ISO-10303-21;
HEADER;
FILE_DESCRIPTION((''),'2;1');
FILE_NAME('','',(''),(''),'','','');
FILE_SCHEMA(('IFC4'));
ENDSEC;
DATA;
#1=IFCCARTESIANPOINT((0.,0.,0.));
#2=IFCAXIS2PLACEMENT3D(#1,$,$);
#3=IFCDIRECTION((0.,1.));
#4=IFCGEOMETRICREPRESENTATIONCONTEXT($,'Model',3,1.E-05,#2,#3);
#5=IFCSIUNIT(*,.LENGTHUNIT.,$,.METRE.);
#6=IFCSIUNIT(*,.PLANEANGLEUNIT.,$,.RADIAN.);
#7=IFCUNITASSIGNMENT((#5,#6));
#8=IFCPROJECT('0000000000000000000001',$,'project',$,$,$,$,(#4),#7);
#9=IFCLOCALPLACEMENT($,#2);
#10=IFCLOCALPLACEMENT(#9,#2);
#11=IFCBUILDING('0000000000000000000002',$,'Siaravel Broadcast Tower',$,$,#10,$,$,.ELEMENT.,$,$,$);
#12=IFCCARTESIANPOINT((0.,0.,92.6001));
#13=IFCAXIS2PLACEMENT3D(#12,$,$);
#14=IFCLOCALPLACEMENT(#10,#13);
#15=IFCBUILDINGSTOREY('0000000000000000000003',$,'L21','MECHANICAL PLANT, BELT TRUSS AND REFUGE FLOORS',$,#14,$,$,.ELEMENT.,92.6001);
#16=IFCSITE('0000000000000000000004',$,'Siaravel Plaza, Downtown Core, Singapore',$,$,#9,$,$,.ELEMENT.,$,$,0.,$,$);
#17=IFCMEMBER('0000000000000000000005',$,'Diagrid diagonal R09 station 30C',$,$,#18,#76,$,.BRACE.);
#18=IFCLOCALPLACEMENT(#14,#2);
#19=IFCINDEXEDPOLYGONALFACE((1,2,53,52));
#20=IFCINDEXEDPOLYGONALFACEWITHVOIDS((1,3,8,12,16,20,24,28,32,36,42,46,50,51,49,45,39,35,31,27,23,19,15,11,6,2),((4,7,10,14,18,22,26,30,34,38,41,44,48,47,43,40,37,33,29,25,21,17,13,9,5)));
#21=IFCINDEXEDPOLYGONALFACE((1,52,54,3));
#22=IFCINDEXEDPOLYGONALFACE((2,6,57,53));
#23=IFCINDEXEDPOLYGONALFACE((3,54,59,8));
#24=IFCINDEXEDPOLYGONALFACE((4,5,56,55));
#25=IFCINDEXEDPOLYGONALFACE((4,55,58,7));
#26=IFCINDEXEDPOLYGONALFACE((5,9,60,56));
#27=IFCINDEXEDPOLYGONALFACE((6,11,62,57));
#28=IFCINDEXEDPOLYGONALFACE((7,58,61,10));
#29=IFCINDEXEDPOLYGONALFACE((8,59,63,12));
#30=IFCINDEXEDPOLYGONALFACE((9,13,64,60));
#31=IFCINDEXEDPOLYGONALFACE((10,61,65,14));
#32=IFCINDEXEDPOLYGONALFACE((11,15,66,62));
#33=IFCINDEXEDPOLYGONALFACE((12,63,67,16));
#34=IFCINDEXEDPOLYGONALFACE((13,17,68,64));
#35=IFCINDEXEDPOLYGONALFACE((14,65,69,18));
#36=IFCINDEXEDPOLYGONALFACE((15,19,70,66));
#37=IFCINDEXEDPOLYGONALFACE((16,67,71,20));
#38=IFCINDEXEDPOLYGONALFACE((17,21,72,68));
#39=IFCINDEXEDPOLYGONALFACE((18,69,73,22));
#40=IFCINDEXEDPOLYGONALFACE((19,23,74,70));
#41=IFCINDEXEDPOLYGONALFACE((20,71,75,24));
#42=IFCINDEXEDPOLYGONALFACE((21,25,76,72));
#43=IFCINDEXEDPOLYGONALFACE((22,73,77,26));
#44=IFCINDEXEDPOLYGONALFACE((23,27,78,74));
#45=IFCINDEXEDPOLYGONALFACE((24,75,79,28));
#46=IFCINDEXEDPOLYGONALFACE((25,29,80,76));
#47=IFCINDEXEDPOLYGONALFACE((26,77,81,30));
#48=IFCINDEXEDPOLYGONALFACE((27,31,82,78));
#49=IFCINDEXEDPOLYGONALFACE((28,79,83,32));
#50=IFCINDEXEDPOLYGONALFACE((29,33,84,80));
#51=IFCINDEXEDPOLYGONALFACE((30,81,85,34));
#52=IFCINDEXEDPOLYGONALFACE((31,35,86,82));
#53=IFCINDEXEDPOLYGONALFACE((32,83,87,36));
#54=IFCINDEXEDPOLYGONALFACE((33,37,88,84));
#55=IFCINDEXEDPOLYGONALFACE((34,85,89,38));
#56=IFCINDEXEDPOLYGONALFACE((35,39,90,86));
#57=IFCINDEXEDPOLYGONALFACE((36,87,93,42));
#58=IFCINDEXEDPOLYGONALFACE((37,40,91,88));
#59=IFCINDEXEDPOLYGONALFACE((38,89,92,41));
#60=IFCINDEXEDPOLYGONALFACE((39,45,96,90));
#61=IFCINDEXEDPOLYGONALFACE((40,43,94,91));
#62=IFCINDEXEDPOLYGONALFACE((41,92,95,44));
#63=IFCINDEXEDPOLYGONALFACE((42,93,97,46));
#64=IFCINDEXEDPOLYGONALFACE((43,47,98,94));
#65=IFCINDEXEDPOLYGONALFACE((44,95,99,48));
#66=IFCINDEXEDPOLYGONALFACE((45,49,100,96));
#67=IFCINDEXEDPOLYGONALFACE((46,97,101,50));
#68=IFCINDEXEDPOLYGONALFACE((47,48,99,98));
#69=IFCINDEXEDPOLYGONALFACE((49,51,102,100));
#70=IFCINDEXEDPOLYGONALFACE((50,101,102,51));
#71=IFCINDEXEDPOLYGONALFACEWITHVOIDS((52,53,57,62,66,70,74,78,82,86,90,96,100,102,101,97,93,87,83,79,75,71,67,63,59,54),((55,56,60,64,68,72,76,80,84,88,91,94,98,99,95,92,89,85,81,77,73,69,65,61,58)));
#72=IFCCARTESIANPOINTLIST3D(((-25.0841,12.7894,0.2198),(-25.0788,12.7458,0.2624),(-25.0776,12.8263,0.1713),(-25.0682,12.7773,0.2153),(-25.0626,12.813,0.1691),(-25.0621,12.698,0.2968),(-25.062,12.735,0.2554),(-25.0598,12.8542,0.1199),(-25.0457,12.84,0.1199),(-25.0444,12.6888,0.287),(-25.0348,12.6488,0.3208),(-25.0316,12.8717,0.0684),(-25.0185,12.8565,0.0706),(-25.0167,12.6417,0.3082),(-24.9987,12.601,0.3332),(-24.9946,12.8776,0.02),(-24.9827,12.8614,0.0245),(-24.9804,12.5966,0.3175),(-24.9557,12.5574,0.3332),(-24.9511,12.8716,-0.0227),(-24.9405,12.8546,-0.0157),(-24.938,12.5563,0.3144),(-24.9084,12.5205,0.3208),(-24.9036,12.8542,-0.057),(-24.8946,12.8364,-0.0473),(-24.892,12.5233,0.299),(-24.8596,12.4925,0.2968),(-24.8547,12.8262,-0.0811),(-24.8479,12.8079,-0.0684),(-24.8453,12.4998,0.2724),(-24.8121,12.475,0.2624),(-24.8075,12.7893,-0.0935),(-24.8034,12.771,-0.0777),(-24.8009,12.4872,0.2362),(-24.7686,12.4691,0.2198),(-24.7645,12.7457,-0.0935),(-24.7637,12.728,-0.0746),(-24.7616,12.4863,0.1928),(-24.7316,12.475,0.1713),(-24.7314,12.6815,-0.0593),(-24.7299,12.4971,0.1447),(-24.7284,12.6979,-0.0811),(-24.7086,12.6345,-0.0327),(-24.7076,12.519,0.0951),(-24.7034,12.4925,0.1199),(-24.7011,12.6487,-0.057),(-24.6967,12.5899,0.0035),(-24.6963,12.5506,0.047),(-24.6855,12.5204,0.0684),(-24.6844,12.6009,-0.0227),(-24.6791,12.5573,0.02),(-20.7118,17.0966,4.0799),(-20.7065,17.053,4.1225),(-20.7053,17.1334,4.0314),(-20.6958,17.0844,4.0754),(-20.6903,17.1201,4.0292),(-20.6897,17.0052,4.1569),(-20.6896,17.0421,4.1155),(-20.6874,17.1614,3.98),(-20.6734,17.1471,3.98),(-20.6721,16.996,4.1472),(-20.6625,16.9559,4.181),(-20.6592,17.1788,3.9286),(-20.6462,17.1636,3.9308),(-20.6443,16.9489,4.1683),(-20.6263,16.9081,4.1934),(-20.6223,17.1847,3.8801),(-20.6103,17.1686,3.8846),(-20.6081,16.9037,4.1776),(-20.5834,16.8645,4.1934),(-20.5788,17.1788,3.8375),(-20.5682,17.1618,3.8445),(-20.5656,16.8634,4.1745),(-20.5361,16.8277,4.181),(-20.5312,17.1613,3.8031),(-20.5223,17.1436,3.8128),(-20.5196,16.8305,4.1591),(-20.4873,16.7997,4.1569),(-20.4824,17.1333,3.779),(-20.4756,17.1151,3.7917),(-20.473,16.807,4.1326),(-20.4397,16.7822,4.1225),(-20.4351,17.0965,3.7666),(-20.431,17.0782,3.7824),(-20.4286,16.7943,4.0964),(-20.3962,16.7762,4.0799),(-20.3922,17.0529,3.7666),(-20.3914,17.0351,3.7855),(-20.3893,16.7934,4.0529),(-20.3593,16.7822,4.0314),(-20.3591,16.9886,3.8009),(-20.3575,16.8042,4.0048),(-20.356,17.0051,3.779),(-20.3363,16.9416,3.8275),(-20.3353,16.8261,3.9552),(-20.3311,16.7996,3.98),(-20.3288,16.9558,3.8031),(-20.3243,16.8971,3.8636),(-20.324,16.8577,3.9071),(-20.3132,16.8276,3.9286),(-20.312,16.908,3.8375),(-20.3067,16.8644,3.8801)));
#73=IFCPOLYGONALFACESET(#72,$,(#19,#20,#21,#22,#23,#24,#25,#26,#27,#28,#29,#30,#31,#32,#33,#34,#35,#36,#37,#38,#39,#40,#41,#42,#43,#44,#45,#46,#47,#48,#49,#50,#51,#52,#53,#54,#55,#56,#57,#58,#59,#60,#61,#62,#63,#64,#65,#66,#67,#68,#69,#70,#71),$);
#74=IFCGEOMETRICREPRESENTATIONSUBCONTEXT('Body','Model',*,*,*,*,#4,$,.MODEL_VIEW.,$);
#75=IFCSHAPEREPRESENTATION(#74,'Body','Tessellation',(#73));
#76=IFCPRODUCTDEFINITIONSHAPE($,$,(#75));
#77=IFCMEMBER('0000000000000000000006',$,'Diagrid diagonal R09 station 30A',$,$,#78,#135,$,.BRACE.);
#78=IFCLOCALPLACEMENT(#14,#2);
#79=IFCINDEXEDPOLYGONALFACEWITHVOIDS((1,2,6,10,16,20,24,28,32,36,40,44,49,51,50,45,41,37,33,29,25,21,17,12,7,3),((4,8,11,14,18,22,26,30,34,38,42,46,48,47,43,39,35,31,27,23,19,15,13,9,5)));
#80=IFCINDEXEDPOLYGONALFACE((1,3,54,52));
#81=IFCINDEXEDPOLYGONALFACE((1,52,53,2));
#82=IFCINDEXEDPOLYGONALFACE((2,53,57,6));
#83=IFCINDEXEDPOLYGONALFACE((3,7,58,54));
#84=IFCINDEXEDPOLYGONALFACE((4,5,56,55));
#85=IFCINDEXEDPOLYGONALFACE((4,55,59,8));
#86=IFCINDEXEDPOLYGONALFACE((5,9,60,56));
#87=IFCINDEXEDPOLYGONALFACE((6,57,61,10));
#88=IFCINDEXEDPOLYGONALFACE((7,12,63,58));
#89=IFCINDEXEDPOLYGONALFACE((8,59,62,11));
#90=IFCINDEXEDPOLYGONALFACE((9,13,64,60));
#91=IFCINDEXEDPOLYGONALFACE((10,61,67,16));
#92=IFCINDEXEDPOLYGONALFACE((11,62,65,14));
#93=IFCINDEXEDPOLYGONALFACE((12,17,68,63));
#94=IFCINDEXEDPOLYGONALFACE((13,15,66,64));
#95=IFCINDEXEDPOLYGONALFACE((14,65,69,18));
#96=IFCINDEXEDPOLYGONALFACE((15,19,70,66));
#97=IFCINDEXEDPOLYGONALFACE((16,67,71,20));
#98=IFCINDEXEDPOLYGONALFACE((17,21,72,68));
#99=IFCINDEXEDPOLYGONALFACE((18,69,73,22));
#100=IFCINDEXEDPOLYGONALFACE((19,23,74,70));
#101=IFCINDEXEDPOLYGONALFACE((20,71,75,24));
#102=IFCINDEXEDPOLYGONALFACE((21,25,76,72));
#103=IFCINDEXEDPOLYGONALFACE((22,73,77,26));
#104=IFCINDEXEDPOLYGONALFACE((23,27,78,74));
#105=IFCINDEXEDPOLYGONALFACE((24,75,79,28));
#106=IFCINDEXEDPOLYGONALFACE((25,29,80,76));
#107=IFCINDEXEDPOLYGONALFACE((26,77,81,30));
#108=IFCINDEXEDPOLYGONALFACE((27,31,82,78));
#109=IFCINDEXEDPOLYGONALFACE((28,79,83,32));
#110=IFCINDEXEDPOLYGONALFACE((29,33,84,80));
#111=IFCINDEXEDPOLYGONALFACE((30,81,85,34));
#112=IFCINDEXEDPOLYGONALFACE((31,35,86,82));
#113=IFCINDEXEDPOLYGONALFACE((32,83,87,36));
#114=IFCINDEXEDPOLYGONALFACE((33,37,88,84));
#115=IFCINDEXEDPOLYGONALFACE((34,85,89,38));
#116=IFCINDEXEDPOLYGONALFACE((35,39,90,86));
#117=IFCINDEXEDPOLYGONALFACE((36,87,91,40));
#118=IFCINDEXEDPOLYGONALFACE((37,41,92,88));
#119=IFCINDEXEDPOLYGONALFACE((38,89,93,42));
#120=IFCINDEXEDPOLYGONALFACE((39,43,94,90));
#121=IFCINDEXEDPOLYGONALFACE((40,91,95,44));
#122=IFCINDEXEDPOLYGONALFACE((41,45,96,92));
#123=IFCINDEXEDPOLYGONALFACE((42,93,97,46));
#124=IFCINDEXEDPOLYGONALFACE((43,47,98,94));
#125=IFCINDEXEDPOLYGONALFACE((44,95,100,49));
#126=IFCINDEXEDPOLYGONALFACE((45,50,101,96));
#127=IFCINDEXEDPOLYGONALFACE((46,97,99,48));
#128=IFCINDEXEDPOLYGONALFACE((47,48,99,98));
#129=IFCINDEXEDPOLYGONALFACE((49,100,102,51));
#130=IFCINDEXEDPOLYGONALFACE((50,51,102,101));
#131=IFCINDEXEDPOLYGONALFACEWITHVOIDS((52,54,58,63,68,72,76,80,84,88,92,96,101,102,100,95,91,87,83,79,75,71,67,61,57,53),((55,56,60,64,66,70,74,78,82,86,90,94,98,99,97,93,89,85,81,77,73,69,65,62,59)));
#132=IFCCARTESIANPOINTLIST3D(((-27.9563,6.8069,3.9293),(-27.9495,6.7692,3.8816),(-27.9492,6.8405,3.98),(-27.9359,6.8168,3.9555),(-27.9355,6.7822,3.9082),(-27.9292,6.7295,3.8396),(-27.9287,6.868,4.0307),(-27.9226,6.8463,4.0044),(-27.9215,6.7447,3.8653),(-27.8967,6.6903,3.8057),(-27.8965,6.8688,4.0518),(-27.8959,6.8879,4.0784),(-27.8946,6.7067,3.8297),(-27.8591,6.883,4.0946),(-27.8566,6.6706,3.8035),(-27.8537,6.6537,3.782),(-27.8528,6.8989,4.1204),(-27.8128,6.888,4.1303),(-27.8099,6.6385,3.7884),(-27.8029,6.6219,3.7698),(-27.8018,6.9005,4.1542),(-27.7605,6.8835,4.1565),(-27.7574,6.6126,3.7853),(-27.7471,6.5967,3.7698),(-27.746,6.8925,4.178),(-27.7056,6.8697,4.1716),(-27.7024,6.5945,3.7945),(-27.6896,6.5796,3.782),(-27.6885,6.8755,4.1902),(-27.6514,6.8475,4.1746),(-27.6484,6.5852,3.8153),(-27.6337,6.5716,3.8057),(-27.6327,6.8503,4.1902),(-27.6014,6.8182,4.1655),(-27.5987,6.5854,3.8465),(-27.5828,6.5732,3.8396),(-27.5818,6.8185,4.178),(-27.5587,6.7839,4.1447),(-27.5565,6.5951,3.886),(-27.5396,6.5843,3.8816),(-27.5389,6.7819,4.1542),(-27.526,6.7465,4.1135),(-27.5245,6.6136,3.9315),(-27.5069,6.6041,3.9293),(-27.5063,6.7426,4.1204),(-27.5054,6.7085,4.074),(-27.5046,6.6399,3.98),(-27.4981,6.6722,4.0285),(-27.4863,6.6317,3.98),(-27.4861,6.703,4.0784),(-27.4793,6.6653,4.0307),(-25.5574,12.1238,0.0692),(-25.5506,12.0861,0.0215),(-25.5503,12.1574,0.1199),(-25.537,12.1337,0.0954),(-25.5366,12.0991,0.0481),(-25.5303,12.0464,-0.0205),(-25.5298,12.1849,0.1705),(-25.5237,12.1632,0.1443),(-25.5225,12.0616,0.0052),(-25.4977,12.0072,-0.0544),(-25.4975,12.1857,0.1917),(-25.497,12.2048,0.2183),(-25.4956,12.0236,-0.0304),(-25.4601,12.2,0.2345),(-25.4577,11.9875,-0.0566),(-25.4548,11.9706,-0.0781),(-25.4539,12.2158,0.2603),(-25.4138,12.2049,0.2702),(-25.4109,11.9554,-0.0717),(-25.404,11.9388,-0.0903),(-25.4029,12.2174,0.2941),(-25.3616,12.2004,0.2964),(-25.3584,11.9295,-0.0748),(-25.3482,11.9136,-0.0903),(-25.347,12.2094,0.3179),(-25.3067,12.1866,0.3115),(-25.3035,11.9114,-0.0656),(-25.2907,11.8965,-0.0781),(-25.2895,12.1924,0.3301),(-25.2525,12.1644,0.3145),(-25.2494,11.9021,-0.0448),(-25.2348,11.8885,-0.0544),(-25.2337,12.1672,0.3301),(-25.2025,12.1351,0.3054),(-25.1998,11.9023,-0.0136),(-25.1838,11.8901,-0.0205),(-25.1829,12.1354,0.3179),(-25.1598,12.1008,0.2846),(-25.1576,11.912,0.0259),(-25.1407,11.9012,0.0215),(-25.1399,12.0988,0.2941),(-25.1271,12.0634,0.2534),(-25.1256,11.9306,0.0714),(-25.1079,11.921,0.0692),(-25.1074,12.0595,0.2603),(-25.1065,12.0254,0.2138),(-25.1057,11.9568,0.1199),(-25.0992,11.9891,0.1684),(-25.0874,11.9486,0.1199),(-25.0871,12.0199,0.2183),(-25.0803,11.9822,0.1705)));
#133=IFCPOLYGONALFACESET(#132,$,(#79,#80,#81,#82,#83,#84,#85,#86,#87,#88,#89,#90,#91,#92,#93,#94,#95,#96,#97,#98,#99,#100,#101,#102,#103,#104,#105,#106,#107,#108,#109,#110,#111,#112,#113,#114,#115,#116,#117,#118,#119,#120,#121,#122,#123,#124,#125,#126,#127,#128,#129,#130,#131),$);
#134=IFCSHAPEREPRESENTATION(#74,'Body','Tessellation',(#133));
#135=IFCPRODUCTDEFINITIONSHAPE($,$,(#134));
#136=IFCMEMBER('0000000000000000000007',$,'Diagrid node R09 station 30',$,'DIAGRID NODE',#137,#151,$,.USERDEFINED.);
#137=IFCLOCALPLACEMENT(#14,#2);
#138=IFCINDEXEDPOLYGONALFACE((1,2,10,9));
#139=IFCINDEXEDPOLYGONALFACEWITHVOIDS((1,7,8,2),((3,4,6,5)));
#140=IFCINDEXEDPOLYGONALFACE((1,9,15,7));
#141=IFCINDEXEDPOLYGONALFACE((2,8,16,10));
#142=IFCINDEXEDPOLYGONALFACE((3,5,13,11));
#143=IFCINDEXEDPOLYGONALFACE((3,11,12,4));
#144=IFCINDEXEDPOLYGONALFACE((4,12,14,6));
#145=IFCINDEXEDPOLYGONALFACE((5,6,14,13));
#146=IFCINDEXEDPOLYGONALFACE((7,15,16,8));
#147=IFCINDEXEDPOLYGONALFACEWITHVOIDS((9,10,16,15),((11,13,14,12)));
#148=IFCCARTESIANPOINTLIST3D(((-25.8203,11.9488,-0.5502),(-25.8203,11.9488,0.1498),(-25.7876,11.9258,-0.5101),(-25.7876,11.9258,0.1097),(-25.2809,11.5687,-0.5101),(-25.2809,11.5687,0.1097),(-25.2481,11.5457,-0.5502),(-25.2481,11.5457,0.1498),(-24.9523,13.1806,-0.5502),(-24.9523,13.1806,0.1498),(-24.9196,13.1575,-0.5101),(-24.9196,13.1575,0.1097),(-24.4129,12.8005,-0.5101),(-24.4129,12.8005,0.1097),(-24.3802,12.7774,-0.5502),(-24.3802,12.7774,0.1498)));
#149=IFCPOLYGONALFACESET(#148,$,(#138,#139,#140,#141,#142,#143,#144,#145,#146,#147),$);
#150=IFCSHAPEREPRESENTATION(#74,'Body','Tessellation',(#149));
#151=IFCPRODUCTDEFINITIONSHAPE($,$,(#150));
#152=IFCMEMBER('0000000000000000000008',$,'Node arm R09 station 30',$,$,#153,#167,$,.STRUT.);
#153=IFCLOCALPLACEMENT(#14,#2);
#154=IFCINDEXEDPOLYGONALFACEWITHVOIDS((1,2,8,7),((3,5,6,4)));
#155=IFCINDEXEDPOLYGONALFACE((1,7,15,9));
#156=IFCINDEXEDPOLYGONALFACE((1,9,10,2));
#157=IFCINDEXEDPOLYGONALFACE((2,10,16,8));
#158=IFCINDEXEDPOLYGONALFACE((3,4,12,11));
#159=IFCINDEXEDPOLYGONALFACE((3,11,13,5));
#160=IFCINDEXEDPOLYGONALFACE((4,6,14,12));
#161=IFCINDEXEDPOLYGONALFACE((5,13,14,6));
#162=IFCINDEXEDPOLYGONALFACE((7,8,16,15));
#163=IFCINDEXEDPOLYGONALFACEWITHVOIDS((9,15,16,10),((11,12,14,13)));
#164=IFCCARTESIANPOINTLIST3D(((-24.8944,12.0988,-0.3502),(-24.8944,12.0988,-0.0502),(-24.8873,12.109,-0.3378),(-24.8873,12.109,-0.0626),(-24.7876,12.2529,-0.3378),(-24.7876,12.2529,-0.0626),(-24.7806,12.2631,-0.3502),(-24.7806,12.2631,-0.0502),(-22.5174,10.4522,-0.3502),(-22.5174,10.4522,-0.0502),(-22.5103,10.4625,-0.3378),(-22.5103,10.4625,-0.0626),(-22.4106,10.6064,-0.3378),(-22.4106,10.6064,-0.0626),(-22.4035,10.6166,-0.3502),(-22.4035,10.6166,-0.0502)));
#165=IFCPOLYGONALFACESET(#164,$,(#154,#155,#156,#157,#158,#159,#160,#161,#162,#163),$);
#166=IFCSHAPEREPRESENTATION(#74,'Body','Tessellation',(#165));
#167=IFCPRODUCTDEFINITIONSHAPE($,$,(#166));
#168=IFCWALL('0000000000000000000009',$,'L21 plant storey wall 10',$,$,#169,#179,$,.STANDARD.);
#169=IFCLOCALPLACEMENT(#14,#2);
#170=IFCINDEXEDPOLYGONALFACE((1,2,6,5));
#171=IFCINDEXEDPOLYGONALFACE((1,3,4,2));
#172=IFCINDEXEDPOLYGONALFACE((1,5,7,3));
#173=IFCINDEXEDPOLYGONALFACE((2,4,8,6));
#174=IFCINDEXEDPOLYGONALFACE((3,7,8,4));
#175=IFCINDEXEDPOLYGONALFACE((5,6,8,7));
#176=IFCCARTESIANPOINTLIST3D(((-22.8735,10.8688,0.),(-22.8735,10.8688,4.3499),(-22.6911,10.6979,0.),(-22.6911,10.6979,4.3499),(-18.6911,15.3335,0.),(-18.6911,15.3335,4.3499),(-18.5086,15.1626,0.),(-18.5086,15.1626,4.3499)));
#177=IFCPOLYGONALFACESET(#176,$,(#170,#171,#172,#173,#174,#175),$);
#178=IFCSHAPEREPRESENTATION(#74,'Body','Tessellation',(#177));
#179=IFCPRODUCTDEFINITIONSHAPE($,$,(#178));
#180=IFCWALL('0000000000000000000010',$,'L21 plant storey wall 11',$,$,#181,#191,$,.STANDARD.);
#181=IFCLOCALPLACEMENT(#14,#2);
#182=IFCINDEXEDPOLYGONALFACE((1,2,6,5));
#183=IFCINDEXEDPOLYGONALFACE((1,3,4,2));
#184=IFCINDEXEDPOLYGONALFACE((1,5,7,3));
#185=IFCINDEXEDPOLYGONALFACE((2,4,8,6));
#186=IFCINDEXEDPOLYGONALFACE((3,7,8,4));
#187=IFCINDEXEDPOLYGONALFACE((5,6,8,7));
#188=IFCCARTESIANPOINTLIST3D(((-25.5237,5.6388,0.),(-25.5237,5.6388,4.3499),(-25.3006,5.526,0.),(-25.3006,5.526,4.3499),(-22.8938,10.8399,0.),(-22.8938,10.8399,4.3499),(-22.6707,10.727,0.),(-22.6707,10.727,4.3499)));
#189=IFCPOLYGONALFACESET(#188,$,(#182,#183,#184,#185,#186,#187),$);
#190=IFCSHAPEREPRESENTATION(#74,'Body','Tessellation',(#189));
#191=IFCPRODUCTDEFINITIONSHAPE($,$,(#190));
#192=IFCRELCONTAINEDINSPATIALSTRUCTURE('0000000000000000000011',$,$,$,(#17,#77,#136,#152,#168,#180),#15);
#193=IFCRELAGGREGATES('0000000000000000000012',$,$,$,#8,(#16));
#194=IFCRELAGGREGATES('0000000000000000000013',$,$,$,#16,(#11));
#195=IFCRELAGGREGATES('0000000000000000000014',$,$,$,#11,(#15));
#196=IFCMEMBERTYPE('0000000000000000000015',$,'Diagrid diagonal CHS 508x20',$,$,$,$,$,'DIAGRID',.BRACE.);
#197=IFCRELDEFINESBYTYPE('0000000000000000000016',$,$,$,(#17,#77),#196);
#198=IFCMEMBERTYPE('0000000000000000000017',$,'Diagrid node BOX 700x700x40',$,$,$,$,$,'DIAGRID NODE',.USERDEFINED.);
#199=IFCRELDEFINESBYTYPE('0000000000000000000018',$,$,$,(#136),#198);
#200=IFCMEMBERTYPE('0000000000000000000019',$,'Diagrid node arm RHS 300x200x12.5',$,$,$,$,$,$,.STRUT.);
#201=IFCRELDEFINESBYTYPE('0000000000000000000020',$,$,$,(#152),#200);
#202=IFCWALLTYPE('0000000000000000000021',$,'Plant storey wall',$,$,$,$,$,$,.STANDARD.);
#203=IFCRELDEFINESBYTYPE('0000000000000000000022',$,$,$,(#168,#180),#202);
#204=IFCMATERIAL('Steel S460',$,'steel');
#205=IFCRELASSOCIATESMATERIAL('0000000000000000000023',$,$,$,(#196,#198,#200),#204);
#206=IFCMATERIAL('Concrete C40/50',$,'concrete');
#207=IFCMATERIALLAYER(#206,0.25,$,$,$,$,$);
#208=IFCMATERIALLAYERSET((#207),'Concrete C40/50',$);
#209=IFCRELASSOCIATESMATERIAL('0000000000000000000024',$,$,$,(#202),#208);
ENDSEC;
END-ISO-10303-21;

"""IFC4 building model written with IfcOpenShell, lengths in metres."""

from ifc_helpers import new_model, si_unit, direction, frame, frame_2d, origin, origin_2d, place, context, subcontext, project, spatial, rectangle, hollow_rectangle, hollow_circle, extrude, material, layer, layer_set, material_profile, profile_set, type_object, element, save


model = new_model("IFC4")

# Units and contexts
model_context = context("Model", 3, precision=1e-05, world=origin(), true_north=direction((0.0, 1.0)))
body_context = subcontext(model_context, "Body", "Model", "MODEL_VIEW")
ifc_project = project(units=[si_unit("LENGTHUNIT", "METRE"), si_unit("PLANEANGLEUNIT", "RADIAN")], contexts=[model_context])

# Site, building, storey
site_placement = place(None, origin())
site = spatial("IfcSite", under=ifc_project, at=site_placement, Name="Siaravel Plaza, Downtown Core, Singapore", CompositionType="ELEMENT", RefElevation=0.0)
building_placement = place(site_placement, origin())
building = spatial("IfcBuilding", under=site, at=building_placement, Name="Siaravel Broadcast Tower", CompositionType="ELEMENT")
storey_placement = place(building_placement, frame((0.0, 0.0, 92.6001)))
storey = spatial("IfcBuildingStorey", under=building, at=storey_placement, Name="L21", Description="MECHANICAL PLANT, BELT TRUSS AND REFUGE FLOORS", CompositionType="ELEMENT", Elevation=92.6001)

# Shared definitions
ifc_material_1 = material(Name="Steel S460", Category="steel")

# Members
ifc_material_profile_1 = material_profile(ifc_material_1, hollow_circle(Radius=0.2539, WallThickness=0.02, at=origin_2d()))
ifc_profile_set_1 = profile_set([ifc_material_profile_1], Name="Steel S460")
member_type_1 = type_object("IfcMemberType", Name="Diagrid diagonal CHS 508x20", ElementType="DIAGRID", PredefinedType="BRACE", material=ifc_profile_set_1)
member_1_placement = place(storey_placement, frame((-24.8816, 12.6733, 0.1199), z_axis=(0.603041, 0.59405, 0.532396), x_axis=(-0.701776, 0.712397, 0.0)))
element("IfcMember", 1, at=member_1_placement, inside=storey, type_object=member_type_1, Name="Diagrid diagonal R09 station 30C", PredefinedType="BRACE", context=body_context, shape_type="SweptSolid", body=[
    extrude(hollow_circle(Radius=0.2539, WallThickness=0.02, at=origin_2d()), origin(), (0.0, 0.0, 1.0), 7.2505),
])
member_2_placement = place(storey_placement, frame((-25.3188, 12.053, 0.1199), z_axis=(-0.342968, -0.760141, 0.551868), x_axis=(0.911515, -0.411266, 0.0)))
element("IfcMember", 2, at=member_2_placement, inside=storey, type_object=member_type_1, Name="Diagrid diagonal R09 station 30A", PredefinedType="BRACE", context=body_context, shape_type="SweptSolid", body=[
    extrude(hollow_circle(Radius=0.2539, WallThickness=0.02, at=origin_2d()), origin(), (0.0, 0.0, 1.0), 6.9946),
])
ifc_material_profile_2 = material_profile(ifc_material_1, hollow_rectangle(XDim=0.7, YDim=0.7, WallThickness=0.04, at=origin_2d()))
ifc_profile_set_2 = profile_set([ifc_material_profile_2], Name="Steel S460")
member_type_2 = type_object("IfcMemberType", Name="Diagrid node BOX 700x700x40", ElementType="DIAGRID NODE", PredefinedType="USERDEFINED", material=ifc_profile_set_2)
member_3_placement = place(storey_placement, frame((-24.6663, 12.979, -0.2002), z_axis=(-0.576015, -0.817439, 0.0), x_axis=(0.817439, -0.576015, 0.0)))
element("IfcMember", 3, at=member_3_placement, inside=storey, type_object=member_type_2, Name="Diagrid node R09 station 30", ObjectType="DIAGRID NODE", PredefinedType="USERDEFINED", context=body_context, shape_type="SweptSolid", body=[
    extrude(hollow_rectangle(XDim=0.7, YDim=0.7, WallThickness=0.04, at=origin_2d()), origin(), (0.0, 0.0, 1.0), 1.5068),
])
ifc_material_profile_3 = material_profile(ifc_material_1, hollow_rectangle(XDim=0.2, YDim=0.3, WallThickness=0.0125, at=origin_2d()))
ifc_profile_set_3 = profile_set([ifc_material_profile_3], Name="Steel S460")
member_type_3 = type_object("IfcMemberType", Name="Diagrid node arm RHS 300x200x12.5", PredefinedType="STRUT", material=ifc_profile_set_3)
member_4_placement = place(storey_placement, frame((-22.4604, 10.5344, -0.2002), z_axis=(-0.822046, 0.569421, 0.0), x_axis=(-0.569421, -0.822046, 0.0)))
element("IfcMember", 4, at=member_4_placement, inside=storey, type_object=member_type_3, Name="Node arm R09 station 30", PredefinedType="STRUT", context=body_context, shape_type="SweptSolid", body=[
    extrude(hollow_rectangle(XDim=0.2, YDim=0.3, WallThickness=0.0125, at=origin_2d()), origin(), (0.0, 0.0, 1.0), 2.8916),
])

# Walls
ifc_material_2 = material(Name="Concrete C40/50", Category="concrete")
ifc_layer_1 = layer(ifc_material_2, 0.25)
ifc_layer_set_1 = layer_set([ifc_layer_1], Name="Concrete C40/50")
wall_type = type_object("IfcWallType", Name="Plant storey wall", PredefinedType="STANDARD", material=ifc_layer_set_1)
wall_1_placement = place(storey_placement, frame((-18.5999, 15.248, 0.0), z_axis=(0.0, 0.0, 1.0), x_axis=(-0.683664, -0.729797, 0.0)))
element("IfcWall", 5, at=wall_1_placement, inside=storey, type_object=wall_type, Name="L21 plant storey wall 10", PredefinedType="STANDARD", context=body_context, shape_type="SweptSolid", body=[
    extrude(rectangle(XDim=6.1177, YDim=0.25, at=frame_2d((3.0588, 0.0))), origin(), (0.0, 0.0, 1.0), 4.3499),
])
wall_2_placement = place(storey_placement, frame((-22.7822, 10.7834, 0.0), z_axis=(0.0, 0.0, 1.0), x_axis=(-0.451247, -0.892399, 0.0)))
element("IfcWall", 6, at=wall_2_placement, inside=storey, type_object=wall_type, Name="L21 plant storey wall 11", PredefinedType="STANDARD", context=body_context, shape_type="SweptSolid", body=[
    extrude(rectangle(XDim=5.8281, YDim=0.25, at=frame_2d((2.9141, 0.0))), origin(), (0.0, 0.0, 1.0), 4.3499),
])

save(model, "model.ifc")
